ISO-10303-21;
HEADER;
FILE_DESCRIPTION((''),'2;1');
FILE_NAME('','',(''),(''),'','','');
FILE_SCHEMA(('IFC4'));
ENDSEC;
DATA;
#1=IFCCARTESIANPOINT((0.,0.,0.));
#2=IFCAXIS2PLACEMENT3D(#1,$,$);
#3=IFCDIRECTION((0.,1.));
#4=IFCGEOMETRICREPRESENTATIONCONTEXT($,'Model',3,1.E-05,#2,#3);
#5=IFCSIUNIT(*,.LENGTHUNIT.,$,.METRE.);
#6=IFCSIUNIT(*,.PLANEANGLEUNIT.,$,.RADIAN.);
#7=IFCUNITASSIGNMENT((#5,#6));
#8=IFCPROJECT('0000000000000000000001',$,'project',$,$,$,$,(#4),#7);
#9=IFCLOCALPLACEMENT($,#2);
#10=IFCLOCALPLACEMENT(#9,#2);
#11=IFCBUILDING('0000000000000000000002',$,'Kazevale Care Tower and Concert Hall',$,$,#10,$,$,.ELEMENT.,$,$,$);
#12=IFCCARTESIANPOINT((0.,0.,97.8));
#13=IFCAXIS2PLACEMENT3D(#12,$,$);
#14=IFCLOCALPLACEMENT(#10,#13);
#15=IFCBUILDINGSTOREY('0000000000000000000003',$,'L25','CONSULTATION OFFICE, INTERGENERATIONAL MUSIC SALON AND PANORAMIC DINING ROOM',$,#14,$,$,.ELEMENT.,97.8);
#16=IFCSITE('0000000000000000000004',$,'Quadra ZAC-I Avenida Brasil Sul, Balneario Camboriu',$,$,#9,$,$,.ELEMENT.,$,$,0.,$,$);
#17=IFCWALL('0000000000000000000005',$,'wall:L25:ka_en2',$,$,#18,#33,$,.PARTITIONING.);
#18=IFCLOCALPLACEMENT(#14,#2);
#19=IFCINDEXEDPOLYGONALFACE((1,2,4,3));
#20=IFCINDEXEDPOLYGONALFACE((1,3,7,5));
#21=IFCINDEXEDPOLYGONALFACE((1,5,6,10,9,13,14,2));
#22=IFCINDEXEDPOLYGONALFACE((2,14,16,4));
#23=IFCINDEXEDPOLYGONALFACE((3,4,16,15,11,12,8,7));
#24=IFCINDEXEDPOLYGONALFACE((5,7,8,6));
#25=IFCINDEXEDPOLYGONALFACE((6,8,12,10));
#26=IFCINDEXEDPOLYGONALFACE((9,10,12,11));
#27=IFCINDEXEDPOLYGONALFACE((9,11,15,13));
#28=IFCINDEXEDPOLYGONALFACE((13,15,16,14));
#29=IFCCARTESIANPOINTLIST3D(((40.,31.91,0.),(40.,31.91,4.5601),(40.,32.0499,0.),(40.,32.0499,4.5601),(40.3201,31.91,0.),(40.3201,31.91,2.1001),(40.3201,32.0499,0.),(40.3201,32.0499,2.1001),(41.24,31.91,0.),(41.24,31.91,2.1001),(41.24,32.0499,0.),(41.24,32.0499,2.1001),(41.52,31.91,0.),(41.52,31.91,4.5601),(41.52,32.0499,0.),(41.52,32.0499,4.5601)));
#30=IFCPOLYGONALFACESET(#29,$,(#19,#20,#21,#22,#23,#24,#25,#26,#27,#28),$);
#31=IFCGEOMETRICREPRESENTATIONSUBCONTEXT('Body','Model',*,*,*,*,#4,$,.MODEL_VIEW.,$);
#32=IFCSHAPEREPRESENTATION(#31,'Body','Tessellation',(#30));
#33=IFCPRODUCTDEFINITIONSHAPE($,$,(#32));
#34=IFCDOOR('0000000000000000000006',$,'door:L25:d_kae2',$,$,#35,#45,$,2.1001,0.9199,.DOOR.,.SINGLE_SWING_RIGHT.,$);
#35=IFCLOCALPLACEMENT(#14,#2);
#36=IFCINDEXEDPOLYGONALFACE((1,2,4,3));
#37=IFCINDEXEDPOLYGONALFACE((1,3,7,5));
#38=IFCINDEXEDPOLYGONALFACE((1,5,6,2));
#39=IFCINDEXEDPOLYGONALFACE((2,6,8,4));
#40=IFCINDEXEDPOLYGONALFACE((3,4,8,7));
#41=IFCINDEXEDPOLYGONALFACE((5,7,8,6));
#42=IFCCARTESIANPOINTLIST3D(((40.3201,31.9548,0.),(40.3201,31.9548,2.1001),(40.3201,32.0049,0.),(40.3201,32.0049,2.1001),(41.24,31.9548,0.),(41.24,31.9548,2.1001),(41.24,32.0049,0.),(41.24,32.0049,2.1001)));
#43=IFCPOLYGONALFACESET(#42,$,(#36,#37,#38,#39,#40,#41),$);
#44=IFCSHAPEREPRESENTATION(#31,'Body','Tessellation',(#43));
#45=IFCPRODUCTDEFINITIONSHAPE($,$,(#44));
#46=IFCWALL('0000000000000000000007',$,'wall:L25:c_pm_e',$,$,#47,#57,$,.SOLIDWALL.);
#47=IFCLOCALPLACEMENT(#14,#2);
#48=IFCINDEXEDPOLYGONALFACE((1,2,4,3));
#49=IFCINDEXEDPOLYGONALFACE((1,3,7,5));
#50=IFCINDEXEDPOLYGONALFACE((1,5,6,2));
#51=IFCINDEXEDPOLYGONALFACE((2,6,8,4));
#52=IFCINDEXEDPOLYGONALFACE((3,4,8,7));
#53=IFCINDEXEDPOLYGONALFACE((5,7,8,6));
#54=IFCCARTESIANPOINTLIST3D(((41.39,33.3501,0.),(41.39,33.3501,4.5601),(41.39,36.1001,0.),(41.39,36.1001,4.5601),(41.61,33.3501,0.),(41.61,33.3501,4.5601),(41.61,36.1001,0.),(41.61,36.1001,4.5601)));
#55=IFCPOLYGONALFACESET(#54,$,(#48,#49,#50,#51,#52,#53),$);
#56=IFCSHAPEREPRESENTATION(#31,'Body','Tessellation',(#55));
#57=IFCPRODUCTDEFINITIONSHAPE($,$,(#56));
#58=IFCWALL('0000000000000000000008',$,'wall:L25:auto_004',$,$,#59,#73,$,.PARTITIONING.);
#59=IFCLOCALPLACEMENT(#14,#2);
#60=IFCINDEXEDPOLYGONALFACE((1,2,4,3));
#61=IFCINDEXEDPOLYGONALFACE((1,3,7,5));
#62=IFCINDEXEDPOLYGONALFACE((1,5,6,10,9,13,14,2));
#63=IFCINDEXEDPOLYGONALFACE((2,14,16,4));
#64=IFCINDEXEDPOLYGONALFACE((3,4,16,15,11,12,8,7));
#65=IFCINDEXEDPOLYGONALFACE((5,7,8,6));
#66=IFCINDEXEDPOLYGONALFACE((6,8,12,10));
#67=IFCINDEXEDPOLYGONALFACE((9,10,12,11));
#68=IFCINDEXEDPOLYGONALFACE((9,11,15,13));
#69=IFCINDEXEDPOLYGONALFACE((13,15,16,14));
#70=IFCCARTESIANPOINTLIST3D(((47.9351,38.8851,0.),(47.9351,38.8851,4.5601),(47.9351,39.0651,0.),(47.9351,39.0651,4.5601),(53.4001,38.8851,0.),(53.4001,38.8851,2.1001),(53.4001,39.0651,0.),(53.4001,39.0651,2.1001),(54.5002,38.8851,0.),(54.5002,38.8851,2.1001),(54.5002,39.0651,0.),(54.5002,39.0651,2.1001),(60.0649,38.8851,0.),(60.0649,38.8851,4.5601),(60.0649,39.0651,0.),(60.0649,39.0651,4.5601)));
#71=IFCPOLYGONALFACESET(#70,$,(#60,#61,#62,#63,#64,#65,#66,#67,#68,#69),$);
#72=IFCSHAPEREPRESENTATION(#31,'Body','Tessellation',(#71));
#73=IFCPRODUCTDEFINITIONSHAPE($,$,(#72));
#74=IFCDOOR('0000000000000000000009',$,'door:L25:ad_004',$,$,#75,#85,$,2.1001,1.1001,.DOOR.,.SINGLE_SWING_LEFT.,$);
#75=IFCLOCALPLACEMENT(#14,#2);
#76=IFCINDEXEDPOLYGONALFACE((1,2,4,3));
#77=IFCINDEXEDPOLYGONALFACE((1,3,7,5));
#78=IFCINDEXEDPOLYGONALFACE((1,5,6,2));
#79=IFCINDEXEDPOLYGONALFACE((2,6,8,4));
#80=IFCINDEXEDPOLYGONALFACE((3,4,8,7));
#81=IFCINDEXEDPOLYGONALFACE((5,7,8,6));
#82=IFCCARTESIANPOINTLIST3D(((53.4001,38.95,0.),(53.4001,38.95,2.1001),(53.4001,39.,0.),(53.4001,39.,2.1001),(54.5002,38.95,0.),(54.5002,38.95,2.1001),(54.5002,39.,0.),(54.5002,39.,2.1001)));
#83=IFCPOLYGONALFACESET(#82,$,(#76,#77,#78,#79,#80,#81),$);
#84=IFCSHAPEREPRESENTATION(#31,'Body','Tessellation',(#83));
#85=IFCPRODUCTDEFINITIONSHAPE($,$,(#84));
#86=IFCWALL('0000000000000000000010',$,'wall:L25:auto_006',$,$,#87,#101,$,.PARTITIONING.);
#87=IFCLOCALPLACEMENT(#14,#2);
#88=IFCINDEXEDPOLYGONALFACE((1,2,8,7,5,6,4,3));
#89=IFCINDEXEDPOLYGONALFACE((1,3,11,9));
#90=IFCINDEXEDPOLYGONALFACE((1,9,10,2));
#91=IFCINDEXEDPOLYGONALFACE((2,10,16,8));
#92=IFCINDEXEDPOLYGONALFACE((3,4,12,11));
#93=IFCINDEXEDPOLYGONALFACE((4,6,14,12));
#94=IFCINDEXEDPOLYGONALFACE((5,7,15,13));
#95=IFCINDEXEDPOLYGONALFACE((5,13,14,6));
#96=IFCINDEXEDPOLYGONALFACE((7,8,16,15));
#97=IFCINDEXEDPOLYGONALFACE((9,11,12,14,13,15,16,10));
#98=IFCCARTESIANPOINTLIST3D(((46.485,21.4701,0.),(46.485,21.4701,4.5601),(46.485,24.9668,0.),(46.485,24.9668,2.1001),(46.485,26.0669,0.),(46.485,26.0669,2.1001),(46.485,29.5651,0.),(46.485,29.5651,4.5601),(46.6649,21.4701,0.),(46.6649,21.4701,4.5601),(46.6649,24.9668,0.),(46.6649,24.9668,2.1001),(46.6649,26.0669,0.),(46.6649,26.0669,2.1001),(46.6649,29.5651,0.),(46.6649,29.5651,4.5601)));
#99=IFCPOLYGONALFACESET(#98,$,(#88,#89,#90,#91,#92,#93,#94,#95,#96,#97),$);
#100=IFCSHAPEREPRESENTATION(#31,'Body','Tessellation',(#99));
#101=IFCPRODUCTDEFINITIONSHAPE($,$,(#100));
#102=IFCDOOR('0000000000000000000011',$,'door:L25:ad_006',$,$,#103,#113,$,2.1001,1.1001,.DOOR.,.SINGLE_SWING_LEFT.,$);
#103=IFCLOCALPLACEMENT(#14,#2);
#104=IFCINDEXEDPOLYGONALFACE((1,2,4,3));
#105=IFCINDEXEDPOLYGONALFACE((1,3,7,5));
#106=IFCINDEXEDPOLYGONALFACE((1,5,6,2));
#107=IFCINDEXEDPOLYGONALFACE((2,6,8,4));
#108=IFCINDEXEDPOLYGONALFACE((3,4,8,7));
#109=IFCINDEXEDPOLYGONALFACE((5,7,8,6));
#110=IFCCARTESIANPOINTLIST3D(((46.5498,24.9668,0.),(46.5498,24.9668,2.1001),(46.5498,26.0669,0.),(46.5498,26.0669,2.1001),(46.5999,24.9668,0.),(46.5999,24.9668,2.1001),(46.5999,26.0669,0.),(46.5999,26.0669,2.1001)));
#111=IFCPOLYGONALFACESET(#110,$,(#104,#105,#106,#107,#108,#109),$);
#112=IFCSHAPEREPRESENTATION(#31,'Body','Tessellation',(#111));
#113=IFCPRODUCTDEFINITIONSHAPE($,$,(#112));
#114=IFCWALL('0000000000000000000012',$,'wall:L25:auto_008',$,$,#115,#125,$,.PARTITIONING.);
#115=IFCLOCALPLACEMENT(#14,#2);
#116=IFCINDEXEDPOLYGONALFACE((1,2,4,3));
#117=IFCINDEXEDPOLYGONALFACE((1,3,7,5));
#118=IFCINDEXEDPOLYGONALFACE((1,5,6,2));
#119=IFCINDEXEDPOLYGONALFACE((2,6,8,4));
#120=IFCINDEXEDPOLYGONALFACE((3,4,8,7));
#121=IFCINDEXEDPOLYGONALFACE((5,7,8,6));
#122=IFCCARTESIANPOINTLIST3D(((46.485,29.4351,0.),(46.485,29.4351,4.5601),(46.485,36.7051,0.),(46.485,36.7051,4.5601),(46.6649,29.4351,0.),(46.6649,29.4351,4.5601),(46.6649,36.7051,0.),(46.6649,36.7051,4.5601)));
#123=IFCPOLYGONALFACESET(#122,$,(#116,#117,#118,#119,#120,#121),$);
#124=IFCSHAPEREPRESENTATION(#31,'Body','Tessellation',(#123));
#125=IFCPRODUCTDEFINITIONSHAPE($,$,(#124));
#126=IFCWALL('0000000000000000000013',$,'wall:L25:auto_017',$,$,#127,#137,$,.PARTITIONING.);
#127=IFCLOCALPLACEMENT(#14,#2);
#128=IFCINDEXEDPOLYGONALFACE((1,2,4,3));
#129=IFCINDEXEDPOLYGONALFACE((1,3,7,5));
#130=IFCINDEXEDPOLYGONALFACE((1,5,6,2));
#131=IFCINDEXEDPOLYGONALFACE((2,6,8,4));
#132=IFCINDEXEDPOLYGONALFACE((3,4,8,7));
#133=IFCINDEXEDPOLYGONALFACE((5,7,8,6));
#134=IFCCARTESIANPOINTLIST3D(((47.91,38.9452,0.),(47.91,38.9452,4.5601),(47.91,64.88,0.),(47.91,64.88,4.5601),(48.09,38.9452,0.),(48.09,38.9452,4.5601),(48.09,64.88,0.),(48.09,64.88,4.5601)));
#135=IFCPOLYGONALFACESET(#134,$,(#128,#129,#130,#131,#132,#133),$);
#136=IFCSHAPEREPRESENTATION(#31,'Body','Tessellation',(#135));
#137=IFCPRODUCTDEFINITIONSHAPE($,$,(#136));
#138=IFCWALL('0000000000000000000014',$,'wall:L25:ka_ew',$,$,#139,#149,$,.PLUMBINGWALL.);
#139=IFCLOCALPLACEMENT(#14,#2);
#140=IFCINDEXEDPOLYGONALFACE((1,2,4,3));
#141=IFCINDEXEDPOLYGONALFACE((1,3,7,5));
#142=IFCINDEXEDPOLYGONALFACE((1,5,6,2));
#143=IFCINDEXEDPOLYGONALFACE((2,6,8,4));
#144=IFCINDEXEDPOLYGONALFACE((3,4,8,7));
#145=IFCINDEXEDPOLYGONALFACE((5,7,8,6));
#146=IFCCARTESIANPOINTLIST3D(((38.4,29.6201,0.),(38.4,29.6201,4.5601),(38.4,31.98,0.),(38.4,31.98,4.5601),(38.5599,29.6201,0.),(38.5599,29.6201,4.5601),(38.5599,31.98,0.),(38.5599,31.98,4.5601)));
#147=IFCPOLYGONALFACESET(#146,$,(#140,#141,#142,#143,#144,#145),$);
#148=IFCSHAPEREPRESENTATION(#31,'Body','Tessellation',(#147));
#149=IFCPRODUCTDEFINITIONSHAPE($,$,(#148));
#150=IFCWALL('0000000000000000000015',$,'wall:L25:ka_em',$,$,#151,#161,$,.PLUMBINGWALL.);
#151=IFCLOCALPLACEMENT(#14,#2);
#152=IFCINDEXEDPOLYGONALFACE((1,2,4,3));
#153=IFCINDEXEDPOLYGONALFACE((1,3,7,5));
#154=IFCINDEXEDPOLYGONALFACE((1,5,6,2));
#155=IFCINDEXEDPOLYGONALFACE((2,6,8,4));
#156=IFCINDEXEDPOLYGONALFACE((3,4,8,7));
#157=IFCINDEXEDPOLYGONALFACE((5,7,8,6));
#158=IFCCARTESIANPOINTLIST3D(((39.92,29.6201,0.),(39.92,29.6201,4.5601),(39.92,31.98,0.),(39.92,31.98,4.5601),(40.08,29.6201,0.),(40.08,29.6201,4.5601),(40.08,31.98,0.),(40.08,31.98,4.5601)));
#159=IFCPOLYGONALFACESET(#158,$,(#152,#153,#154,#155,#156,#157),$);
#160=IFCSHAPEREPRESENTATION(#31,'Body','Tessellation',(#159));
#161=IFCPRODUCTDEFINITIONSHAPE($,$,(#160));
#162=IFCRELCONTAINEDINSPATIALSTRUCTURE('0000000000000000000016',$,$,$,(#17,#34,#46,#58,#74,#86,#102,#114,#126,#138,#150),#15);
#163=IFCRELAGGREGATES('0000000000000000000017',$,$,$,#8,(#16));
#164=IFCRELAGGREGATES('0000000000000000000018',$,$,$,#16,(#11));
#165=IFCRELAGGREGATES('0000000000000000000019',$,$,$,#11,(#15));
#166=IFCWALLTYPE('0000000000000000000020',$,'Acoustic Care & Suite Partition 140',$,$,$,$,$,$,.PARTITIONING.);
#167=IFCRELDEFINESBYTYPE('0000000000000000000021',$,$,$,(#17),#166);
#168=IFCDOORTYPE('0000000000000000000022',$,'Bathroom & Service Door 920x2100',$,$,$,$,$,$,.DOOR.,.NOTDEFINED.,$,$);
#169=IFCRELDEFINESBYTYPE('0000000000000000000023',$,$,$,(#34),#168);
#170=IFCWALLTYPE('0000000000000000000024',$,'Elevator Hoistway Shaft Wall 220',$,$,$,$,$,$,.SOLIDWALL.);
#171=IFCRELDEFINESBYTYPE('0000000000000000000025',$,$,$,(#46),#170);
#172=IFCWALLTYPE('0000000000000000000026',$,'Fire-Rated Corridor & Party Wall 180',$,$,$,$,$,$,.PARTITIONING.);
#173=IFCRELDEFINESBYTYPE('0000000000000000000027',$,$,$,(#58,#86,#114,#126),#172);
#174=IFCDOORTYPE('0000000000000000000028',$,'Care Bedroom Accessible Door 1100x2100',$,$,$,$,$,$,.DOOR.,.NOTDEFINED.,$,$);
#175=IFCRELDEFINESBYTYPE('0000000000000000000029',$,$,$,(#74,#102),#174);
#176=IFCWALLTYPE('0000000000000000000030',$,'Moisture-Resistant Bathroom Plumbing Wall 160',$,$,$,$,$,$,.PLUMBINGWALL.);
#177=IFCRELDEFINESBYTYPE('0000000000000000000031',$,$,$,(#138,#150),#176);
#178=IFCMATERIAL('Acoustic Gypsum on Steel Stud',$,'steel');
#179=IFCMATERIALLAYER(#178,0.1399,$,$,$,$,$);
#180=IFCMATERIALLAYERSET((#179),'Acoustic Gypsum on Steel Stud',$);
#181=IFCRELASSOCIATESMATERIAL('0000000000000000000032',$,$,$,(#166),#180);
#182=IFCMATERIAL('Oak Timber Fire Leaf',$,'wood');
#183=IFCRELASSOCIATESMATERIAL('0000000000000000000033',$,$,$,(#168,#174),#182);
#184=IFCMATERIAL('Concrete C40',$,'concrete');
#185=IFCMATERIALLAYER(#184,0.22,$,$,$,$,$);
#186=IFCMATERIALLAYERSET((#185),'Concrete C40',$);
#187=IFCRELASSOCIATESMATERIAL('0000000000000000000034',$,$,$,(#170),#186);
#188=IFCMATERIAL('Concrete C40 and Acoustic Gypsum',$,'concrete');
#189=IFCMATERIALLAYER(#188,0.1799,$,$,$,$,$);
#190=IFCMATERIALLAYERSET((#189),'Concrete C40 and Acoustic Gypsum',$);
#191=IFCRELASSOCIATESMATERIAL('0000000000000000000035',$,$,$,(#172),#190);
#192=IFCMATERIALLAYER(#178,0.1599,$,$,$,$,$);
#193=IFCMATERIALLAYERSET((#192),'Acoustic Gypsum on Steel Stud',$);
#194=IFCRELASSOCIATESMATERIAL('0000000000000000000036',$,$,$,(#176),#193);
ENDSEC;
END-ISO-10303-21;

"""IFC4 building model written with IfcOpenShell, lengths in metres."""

from ifc_helpers import new_model, si_unit, direction, frame, frame_2d, origin, place, context, subcontext, project, spatial, rectangle, extrude, material, layer, layer_set, type_object, element, fill, save


model = new_model("IFC4")

# Units and contexts
model_context = context("Model", 3, precision=1e-05, world=origin(), true_north=direction((0.0, 1.0)))
body_context = subcontext(model_context, "Body", "Model", "MODEL_VIEW")
ifc_project = project(units=[si_unit("LENGTHUNIT", "METRE"), si_unit("PLANEANGLEUNIT", "RADIAN")], contexts=[model_context])

# Site, building, storey
site_placement = place(None, origin())
site = spatial("IfcSite", under=ifc_project, at=site_placement, Name="Quadra ZAC-I Avenida Brasil Sul, Balneario Camboriu", CompositionType="ELEMENT", RefElevation=0.0)
building_placement = place(site_placement, origin())
building = spatial("IfcBuilding", under=site, at=building_placement, Name="Kazevale Care Tower and Concert Hall", CompositionType="ELEMENT")
storey_placement = place(building_placement, frame((0.0, 0.0, 97.8)))
storey = spatial("IfcBuildingStorey", under=building, at=storey_placement, Name="L25", Description="CONSULTATION OFFICE, INTERGENERATIONAL MUSIC SALON AND PANORAMIC DINING ROOM", CompositionType="ELEMENT", Elevation=97.8)

# Shared definitions
ifc_material_1 = material(Name="Acoustic Gypsum on Steel Stud", Category="steel")
ifc_layer_1 = layer(ifc_material_1, 0.1399)
ifc_layer_set_1 = layer_set([ifc_layer_1], Name="Acoustic Gypsum on Steel Stud")
wall_type_1 = type_object("IfcWallType", Name="Acoustic Care & Suite Partition 140", PredefinedType="PARTITIONING", material=ifc_layer_set_1)

# Wall, opening, door
wall_1_placement = place(storey_placement, frame((40.0, 31.98, 0.0), z_axis=(0.0, 0.0, 1.0), x_axis=(1.0, 0.0, 0.0)))
wall_1 = element("IfcWall", 1, at=wall_1_placement, inside=storey, type_object=wall_type_1, Name="wall:L25:ka_en2", PredefinedType="PARTITIONING", context=body_context, shape_type="SweptSolid", body=[
    extrude(rectangle(XDim=1.52, YDim=0.1399, at=frame_2d((0.76, 0.0))), origin(), (0.0, 0.0, 1.0), 4.5601),
])
opening_1_placement = place(wall_1_placement, frame((0.3201, 0.0, 0.0)))
opening_1 = element("IfcOpeningElement", 2, at=opening_1_placement, cuts=wall_1, PredefinedType="OPENING", context=body_context, shape_type="SweptSolid", body=[
    extrude(rectangle(XDim=0.9199, YDim=2.1001, at=frame_2d((0.46, 1.05))), frame((0.0, 0.0798, 0.0), z_axis=(0.0, -1.0, 0.0), x_axis=(1.0, 0.0, 0.0)), (0.0, 0.0, 1.0), 0.1599),
])
ifc_material_2 = material(Name="Oak Timber Fire Leaf", Category="wood")
door_type_1 = type_object("IfcDoorType", Name="Bathroom & Service Door 920x2100", OperationType="NOTDEFINED", PredefinedType="DOOR", material=ifc_material_2)
door_1_placement = place(opening_1_placement, origin())
door_1 = element("IfcDoor", 3, at=door_1_placement, inside=storey, type_object=door_type_1, Name="door:L25:d_kae2", OperationType="SINGLE_SWING_RIGHT", OverallHeight=2.1001, OverallWidth=0.9199, PredefinedType="DOOR", context=body_context, shape_type="SweptSolid", body=[
    extrude(rectangle(XDim=0.9199, YDim=2.1001, at=frame_2d((0.46, 1.05))), frame((0.0, 0.0249, 0.0), z_axis=(0.0, -1.0, 0.0), x_axis=(1.0, 0.0, 0.0)), (0.0, 0.0, 1.0), 0.05),
])
fill(opening_1, door_1)

# Wall
ifc_material_3 = material(Name="Concrete C40", Category="concrete")
ifc_layer_2 = layer(ifc_material_3, 0.22)
ifc_layer_set_2 = layer_set([ifc_layer_2], Name="Concrete C40")
wall_type_2 = type_object("IfcWallType", Name="Elevator Hoistway Shaft Wall 220", PredefinedType="SOLIDWALL", material=ifc_layer_set_2)
wall_2_placement = place(storey_placement, frame((41.5, 33.3501, 0.0), z_axis=(0.0, 0.0, 1.0), x_axis=(0.0, 1.0, 0.0)))
element("IfcWall", 4, at=wall_2_placement, inside=storey, type_object=wall_type_2, Name="wall:L25:c_pm_e", PredefinedType="SOLIDWALL", context=body_context, shape_type="SweptSolid", body=[
    extrude(rectangle(XDim=2.75, YDim=0.22, at=frame_2d((1.375, 0.0))), origin(), (0.0, 0.0, 1.0), 4.5601),
])

# Walls, openings, doors
ifc_material_4 = material(Name="Concrete C40 and Acoustic Gypsum", Category="concrete")
ifc_layer_3 = layer(ifc_material_4, 0.1799)
ifc_layer_set_3 = layer_set([ifc_layer_3], Name="Concrete C40 and Acoustic Gypsum")
wall_type_3 = type_object("IfcWallType", Name="Fire-Rated Corridor & Party Wall 180", PredefinedType="PARTITIONING", material=ifc_layer_set_3)
wall_3_placement = place(storey_placement, frame((47.9351, 38.9751, 0.0), z_axis=(0.0, 0.0, 1.0), x_axis=(1.0, 0.0, 0.0)))
wall_3 = element("IfcWall", 5, at=wall_3_placement, inside=storey, type_object=wall_type_3, Name="wall:L25:auto_004", PredefinedType="PARTITIONING", context=body_context, shape_type="SweptSolid", body=[
    extrude(rectangle(XDim=12.1299, YDim=0.1799, at=frame_2d((6.0649, 0.0))), origin(), (0.0, 0.0, 1.0), 4.5601),
])
opening_2_placement = place(wall_3_placement, frame((5.4651, 0.0, 0.0)))
opening_2 = element("IfcOpeningElement", 6, at=opening_2_placement, cuts=wall_3, PredefinedType="OPENING", context=body_context, shape_type="SweptSolid", body=[
    extrude(rectangle(XDim=1.1001, YDim=2.1001, at=frame_2d((0.55, 1.05))), frame((0.0, 0.0999, 0.0), z_axis=(0.0, -1.0, 0.0), x_axis=(1.0, 0.0, 0.0)), (0.0, 0.0, 1.0), 0.2),
])
door_type_2 = type_object("IfcDoorType", Name="Care Bedroom Accessible Door 1100x2100", OperationType="NOTDEFINED", PredefinedType="DOOR", material=ifc_material_2)
door_2_placement = place(opening_2_placement, origin())
door_2 = element("IfcDoor", 7, at=door_2_placement, inside=storey, type_object=door_type_2, Name="door:L25:ad_004", OperationType="SINGLE_SWING_LEFT", OverallHeight=2.1001, OverallWidth=1.1001, PredefinedType="DOOR", context=body_context, shape_type="SweptSolid", body=[
    extrude(rectangle(XDim=1.1001, YDim=2.1001, at=frame_2d((0.55, 1.05))), frame((0.0, 0.0249, 0.0), z_axis=(0.0, -1.0, 0.0), x_axis=(1.0, 0.0, 0.0)), (0.0, 0.0, 1.0), 0.05),
])
fill(opening_2, door_2)
wall_4_placement = place(storey_placement, frame((46.575, 29.5649, 0.0), z_axis=(0.0, 0.0, 1.0), x_axis=(0.0, -1.0, 0.0)))
wall_4 = element("IfcWall", 8, at=wall_4_placement, inside=storey, type_object=wall_type_3, Name="wall:L25:auto_006", PredefinedType="PARTITIONING", context=body_context, shape_type="SweptSolid", body=[
    extrude(rectangle(XDim=8.095, YDim=0.1799, at=frame_2d((4.0474, 0.0))), origin(), (0.0, 0.0, 1.0), 4.5601),
])
opening_3_placement = place(wall_4_placement, frame((3.498, 0.0, 0.0)))
opening_3 = element("IfcOpeningElement", 9, at=opening_3_placement, cuts=wall_4, PredefinedType="OPENING", context=body_context, shape_type="SweptSolid", body=[
    extrude(rectangle(XDim=1.1001, YDim=2.1001, at=frame_2d((0.55, 1.05))), frame((0.0, 0.0999, 0.0), z_axis=(0.0, -1.0, 0.0), x_axis=(1.0, 0.0, 0.0)), (0.0, 0.0, 1.0), 0.2),
])
door_3_placement = place(opening_3_placement, origin())
door_3 = element("IfcDoor", 10, at=door_3_placement, inside=storey, type_object=door_type_2, Name="door:L25:ad_006", OperationType="SINGLE_SWING_LEFT", OverallHeight=2.1001, OverallWidth=1.1001, PredefinedType="DOOR", context=body_context, shape_type="SweptSolid", body=[
    extrude(rectangle(XDim=1.1001, YDim=2.1001, at=frame_2d((0.55, 1.05))), frame((0.0, 0.0249, 0.0), z_axis=(0.0, -1.0, 0.0), x_axis=(1.0, 0.0, 0.0)), (0.0, 0.0, 1.0), 0.05),
])
fill(opening_3, door_3)

# Walls
wall_5_placement = place(storey_placement, frame((46.575, 36.7051, 0.0), z_axis=(0.0, 0.0, 1.0), x_axis=(0.0, -1.0, 0.0)))
element("IfcWall", 11, at=wall_5_placement, inside=storey, type_object=wall_type_3, Name="wall:L25:auto_008", PredefinedType="PARTITIONING", context=body_context, shape_type="SweptSolid", body=[
    extrude(rectangle(XDim=7.27, YDim=0.1799, at=frame_2d((3.635, 0.0))), origin(), (0.0, 0.0, 1.0), 4.5601),
])
wall_6_placement = place(storey_placement, frame((48.0, 64.8799, 0.0), z_axis=(0.0, 0.0, 1.0), x_axis=(0.0, -1.0, 0.0)))
element("IfcWall", 12, at=wall_6_placement, inside=storey, type_object=wall_type_3, Name="wall:L25:auto_017", PredefinedType="PARTITIONING", context=body_context, shape_type="SweptSolid", body=[
    extrude(rectangle(XDim=25.9348, YDim=0.1799, at=frame_2d((12.9673, 0.0))), origin(), (0.0, 0.0, 1.0), 4.5601),
])
ifc_layer_4 = layer(ifc_material_1, 0.1599)
ifc_layer_set_4 = layer_set([ifc_layer_4], Name="Acoustic Gypsum on Steel Stud")
wall_type_4 = type_object("IfcWallType", Name="Moisture-Resistant Bathroom Plumbing Wall 160", PredefinedType="PLUMBINGWALL", material=ifc_layer_set_4)
for number, where, z_axis, x_axis, name in (
    (13, (38.48, 29.6201, 0.0), (0.0, 0.0, 1.0), (0.0, 1.0, 0.0), "wall:L25:ka_ew"),
    (14, (40.0, 29.6201, 0.0), (0.0, 0.0, 1.0), (0.0, 1.0, 0.0), "wall:L25:ka_em"),
):
    element("IfcWall", number, at=place(storey_placement, frame(where, z_axis=z_axis, x_axis=x_axis)), inside=storey, type_object=wall_type_4, Name=name, PredefinedType="PLUMBINGWALL", context=body_context, shape_type="SweptSolid", body=[
        extrude(rectangle(XDim=2.3599, YDim=0.1599, at=frame_2d((1.1799, 0.0))), origin(), (0.0, 0.0, 1.0), 4.5601),
    ])

save(model, "model.ifc")
